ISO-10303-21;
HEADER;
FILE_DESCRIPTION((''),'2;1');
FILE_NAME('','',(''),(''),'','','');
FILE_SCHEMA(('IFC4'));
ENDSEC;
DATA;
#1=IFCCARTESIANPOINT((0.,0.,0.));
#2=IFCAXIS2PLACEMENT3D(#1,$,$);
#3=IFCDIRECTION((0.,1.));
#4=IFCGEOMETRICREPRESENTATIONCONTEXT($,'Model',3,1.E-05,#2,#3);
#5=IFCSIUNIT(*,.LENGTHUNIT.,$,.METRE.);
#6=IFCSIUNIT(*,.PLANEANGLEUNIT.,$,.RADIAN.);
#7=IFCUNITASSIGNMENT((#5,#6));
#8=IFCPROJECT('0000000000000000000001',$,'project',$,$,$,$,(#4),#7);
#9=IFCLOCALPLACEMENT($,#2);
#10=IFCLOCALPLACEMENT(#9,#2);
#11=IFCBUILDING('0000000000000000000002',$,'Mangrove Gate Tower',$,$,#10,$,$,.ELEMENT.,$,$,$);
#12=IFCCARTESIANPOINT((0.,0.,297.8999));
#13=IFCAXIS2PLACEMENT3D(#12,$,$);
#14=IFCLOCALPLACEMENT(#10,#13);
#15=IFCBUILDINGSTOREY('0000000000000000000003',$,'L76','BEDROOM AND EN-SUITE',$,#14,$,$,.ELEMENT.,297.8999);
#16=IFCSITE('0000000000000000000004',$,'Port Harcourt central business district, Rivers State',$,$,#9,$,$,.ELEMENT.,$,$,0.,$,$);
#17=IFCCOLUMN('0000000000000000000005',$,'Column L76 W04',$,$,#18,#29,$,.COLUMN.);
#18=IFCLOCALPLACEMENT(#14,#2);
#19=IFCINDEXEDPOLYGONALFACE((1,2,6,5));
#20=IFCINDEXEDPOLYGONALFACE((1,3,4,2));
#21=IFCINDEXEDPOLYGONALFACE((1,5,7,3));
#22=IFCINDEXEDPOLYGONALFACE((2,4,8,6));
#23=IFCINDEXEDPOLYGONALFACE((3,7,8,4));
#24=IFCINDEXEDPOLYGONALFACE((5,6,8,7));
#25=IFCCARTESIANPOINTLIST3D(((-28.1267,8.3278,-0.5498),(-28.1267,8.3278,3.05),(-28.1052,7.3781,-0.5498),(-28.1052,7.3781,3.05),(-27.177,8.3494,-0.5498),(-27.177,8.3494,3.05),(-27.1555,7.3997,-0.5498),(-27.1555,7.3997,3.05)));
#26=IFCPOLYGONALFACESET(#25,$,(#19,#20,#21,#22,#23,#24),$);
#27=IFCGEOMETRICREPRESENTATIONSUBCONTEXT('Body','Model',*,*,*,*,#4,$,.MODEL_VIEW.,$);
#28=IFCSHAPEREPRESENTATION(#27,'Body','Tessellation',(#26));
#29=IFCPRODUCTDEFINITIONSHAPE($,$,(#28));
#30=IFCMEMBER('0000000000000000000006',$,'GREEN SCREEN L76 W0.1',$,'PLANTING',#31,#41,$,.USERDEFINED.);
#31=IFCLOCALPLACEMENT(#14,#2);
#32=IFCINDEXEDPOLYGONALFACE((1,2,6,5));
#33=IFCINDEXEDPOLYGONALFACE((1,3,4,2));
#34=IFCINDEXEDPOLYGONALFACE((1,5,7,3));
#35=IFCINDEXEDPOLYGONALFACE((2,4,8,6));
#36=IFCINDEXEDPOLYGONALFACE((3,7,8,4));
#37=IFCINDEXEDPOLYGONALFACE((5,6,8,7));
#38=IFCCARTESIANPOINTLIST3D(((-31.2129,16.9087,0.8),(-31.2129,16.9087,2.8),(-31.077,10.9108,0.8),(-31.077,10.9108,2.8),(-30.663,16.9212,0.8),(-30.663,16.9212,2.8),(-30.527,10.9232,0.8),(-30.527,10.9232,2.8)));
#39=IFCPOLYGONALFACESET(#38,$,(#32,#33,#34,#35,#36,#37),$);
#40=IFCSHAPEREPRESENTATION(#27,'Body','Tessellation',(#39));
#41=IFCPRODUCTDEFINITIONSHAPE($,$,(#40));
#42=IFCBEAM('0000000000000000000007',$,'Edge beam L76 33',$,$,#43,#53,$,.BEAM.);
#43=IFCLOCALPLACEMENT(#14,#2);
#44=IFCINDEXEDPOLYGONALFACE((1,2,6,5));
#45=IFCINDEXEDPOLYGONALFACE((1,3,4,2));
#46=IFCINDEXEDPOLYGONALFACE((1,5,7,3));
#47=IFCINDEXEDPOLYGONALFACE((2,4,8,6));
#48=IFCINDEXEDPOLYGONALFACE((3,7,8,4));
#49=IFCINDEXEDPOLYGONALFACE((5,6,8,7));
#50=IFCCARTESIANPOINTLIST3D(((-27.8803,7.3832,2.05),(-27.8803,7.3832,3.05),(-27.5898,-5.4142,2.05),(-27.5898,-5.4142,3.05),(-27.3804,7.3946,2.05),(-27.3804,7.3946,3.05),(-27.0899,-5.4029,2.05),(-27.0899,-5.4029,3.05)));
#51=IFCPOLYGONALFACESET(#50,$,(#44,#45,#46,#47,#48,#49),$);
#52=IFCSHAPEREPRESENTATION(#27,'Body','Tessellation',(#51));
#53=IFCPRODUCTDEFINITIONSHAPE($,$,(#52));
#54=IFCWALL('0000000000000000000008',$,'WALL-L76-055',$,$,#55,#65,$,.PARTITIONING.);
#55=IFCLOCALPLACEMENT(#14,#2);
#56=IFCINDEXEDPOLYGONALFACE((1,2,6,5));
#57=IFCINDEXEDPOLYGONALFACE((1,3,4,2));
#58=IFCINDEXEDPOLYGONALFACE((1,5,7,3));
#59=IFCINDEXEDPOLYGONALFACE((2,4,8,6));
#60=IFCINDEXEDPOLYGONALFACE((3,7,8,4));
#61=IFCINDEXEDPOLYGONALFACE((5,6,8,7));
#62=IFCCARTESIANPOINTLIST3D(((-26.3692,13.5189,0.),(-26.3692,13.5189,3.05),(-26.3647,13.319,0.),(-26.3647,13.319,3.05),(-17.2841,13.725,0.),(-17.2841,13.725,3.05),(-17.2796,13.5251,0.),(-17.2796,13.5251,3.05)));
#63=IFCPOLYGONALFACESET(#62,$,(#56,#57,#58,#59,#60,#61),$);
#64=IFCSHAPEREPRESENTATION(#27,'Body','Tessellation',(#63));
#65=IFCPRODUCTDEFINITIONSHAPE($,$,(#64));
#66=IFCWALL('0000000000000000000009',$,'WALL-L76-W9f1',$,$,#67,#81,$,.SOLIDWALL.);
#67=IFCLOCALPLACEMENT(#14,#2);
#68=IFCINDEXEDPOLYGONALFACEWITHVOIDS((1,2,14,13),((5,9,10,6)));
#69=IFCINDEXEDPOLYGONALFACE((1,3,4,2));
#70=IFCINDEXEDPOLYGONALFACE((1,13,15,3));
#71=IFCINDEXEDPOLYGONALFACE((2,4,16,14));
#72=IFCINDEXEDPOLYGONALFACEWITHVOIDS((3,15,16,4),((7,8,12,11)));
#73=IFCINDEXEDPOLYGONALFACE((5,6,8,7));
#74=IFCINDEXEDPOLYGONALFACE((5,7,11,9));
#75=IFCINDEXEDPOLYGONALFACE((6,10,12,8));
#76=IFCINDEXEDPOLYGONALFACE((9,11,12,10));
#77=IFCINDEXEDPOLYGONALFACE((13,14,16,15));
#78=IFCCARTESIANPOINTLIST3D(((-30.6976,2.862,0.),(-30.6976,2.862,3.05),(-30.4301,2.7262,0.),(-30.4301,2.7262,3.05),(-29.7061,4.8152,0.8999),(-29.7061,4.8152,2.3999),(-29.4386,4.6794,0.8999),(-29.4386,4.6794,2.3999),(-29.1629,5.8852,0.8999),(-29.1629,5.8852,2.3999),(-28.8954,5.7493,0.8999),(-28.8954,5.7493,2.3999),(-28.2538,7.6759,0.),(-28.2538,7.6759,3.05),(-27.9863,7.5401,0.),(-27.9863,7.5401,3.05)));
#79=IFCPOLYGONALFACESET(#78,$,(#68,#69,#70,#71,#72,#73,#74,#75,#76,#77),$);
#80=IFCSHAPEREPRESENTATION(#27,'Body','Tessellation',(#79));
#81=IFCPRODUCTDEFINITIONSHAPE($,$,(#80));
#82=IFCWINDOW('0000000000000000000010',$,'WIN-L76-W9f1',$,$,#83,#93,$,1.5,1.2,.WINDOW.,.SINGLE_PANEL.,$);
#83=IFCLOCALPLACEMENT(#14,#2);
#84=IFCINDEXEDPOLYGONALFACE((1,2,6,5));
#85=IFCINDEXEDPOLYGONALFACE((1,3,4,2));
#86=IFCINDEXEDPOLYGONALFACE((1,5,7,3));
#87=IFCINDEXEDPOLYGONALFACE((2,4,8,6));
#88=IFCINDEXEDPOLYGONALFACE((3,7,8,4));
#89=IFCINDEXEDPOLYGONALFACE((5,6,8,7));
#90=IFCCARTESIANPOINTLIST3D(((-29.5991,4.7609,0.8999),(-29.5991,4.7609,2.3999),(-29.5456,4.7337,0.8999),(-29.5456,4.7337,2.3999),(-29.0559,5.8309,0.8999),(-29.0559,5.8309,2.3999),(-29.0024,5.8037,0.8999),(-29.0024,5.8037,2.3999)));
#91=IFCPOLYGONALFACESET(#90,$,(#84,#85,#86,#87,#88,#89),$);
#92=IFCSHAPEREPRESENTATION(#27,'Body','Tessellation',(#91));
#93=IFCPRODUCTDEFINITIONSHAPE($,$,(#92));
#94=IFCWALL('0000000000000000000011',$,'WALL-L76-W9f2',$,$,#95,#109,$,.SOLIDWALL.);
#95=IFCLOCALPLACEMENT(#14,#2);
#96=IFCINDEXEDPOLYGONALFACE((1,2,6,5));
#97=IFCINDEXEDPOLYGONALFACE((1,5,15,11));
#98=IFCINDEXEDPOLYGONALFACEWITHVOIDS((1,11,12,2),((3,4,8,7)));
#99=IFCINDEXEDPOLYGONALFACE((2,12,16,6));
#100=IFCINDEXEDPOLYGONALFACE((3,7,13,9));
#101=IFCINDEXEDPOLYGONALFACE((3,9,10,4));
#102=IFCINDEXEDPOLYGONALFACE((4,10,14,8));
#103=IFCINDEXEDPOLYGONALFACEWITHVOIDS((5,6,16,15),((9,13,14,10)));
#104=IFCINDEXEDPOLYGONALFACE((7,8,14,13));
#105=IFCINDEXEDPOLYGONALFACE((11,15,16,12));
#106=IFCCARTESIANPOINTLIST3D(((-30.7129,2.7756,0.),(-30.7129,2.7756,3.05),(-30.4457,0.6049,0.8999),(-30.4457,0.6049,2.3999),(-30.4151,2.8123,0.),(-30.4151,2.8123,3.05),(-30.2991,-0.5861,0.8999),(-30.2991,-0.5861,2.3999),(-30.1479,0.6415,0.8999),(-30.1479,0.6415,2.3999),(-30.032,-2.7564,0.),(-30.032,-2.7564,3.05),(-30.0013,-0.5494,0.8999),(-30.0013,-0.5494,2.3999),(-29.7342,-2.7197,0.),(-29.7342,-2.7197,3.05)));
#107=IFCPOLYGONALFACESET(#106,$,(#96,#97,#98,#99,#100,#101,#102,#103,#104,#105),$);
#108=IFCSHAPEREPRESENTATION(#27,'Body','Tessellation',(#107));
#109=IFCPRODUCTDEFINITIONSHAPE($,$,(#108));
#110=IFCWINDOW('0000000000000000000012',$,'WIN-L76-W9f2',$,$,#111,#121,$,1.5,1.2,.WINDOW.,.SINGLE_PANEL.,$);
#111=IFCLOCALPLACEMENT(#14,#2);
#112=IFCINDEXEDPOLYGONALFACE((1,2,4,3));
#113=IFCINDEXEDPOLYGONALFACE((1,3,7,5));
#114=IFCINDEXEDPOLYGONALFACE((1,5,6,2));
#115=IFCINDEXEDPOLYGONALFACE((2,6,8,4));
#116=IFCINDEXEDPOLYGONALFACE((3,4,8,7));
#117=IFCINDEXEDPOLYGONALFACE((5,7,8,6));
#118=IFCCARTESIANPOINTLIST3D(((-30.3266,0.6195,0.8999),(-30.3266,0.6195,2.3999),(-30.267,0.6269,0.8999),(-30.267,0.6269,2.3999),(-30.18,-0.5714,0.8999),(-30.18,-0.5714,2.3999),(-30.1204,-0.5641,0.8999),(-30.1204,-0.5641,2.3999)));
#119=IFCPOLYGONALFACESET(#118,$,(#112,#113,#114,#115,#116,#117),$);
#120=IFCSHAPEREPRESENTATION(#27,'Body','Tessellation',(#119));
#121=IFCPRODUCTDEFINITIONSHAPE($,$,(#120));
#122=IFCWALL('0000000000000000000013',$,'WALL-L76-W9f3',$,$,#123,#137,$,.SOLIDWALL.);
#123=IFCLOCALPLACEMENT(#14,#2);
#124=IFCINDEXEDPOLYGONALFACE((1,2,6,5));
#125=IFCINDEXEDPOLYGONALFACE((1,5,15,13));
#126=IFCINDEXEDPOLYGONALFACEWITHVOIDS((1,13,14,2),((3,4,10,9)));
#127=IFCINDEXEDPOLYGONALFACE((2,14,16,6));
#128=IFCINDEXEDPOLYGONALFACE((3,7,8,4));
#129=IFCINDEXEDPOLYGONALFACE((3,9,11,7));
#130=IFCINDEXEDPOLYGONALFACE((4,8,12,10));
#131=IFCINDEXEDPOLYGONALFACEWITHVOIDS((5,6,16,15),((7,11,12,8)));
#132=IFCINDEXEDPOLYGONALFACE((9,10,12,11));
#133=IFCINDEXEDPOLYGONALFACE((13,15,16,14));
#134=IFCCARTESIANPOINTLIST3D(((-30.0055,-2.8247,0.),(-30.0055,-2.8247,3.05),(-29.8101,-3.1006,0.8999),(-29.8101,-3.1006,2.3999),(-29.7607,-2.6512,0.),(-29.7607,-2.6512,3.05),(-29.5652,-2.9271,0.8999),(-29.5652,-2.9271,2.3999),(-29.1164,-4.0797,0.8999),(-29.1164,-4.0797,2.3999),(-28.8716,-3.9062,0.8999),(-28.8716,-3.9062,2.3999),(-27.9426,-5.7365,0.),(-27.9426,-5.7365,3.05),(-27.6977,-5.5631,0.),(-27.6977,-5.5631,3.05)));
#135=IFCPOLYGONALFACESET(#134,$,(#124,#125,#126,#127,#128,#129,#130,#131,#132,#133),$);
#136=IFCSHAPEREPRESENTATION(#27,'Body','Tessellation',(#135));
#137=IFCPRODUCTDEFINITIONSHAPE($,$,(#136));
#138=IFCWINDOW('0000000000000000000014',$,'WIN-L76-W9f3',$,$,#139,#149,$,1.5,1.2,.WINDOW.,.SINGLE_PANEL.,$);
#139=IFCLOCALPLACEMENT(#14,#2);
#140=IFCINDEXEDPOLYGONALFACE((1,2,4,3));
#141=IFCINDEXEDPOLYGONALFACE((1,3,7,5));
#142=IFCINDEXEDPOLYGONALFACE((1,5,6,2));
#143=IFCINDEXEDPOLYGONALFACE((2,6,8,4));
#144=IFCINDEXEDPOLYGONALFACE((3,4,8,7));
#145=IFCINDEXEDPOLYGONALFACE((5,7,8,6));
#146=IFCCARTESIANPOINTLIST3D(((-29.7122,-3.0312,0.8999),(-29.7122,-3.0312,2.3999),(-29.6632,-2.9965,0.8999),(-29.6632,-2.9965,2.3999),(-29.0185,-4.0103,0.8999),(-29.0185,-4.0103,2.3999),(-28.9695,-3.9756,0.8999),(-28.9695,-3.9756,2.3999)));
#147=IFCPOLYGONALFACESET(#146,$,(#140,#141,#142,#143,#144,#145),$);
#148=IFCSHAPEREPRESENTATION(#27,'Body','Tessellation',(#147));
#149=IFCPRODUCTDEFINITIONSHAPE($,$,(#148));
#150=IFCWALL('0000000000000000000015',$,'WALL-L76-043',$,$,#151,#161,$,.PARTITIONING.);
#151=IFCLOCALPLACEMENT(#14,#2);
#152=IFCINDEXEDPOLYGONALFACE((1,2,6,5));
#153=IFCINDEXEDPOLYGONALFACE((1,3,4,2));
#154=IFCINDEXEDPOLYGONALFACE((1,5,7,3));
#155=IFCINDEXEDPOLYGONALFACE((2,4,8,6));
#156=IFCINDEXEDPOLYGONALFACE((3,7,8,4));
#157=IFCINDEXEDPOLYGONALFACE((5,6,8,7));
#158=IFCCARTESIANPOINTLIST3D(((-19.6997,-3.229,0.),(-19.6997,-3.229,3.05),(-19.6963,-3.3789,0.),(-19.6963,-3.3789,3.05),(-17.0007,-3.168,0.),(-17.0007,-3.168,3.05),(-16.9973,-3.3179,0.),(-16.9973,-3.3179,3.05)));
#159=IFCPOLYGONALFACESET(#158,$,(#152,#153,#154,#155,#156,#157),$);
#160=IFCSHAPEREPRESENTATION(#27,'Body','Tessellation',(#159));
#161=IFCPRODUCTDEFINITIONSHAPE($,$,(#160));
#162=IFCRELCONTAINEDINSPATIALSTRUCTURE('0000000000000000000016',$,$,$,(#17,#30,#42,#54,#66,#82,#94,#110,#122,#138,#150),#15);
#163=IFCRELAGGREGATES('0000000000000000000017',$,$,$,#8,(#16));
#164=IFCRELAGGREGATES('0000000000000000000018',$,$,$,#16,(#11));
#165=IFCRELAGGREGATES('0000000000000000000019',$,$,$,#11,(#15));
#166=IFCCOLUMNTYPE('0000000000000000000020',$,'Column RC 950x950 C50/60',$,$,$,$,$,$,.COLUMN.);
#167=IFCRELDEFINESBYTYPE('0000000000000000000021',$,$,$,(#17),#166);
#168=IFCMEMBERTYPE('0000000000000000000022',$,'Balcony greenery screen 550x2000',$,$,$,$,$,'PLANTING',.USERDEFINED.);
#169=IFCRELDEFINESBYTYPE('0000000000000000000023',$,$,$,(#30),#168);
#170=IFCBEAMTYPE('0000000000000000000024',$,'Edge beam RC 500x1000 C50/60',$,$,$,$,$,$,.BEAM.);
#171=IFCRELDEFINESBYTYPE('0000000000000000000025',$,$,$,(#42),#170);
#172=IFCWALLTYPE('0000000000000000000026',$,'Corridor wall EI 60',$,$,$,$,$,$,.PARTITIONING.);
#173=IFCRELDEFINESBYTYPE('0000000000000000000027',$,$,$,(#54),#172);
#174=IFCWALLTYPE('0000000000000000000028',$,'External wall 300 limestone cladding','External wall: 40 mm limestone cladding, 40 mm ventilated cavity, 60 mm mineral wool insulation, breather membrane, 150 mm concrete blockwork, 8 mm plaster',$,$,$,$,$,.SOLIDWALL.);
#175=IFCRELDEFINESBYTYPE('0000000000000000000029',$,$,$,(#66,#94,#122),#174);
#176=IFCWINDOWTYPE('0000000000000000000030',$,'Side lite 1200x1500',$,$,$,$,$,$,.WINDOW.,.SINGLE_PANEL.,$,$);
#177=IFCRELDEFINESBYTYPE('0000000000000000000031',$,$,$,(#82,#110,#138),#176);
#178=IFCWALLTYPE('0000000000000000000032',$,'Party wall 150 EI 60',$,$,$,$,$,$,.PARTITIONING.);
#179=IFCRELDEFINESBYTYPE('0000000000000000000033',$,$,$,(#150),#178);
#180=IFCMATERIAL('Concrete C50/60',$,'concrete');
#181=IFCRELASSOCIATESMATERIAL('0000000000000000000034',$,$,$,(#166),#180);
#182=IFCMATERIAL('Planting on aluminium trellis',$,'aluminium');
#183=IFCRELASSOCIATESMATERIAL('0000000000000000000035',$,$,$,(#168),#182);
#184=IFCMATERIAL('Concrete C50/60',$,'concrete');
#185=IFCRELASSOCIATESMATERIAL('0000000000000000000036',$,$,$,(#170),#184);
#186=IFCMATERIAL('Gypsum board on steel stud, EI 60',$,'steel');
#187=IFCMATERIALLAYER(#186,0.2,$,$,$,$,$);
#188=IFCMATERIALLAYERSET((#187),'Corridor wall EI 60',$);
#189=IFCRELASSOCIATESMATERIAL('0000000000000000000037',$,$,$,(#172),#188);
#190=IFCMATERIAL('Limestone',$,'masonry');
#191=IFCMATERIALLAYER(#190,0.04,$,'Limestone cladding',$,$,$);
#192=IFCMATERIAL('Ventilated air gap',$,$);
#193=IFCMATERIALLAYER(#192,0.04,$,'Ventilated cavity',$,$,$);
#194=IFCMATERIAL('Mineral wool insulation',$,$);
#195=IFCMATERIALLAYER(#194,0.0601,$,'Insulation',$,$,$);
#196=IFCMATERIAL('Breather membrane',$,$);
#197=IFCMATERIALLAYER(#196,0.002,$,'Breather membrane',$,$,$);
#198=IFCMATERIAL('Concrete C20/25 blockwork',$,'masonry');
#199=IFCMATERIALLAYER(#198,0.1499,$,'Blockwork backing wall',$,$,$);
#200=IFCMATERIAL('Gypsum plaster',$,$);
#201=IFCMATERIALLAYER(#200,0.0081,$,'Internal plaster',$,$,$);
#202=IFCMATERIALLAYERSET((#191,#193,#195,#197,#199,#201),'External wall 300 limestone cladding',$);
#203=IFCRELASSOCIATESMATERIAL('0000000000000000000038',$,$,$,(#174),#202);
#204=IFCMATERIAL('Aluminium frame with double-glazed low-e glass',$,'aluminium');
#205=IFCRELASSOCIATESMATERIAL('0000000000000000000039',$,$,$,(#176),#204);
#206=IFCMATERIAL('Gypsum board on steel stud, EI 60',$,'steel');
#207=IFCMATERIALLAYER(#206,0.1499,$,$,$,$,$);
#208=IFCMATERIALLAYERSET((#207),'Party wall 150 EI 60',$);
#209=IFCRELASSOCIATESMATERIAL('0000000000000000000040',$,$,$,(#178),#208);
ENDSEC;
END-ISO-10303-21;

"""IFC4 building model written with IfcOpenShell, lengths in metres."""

from ifc_helpers import new_model, si_unit, direction, frame, frame_2d, origin, origin_2d, place, context, subcontext, project, spatial, rectangle, extrude, material, layer, layer_set, material_profile, profile_set, type_object, element, fill, save


model = new_model("IFC4")

# Units and contexts
model_context = context("Model", 3, precision=1e-05, world=origin(), true_north=direction((0.0, 1.0)))
body_context = subcontext(model_context, "Body", "Model", "MODEL_VIEW")
ifc_project = project(units=[si_unit("LENGTHUNIT", "METRE"), si_unit("PLANEANGLEUNIT", "RADIAN")], contexts=[model_context])

# Site, building, storey
site_placement = place(None, origin())
site = spatial("IfcSite", under=ifc_project, at=site_placement, Name="Port Harcourt central business district, Rivers State", CompositionType="ELEMENT", RefElevation=0.0)
building_placement = place(site_placement, origin())
building = spatial("IfcBuilding", under=site, at=building_placement, Name="Mangrove Gate Tower", CompositionType="ELEMENT")
storey_placement = place(building_placement, frame((0.0, 0.0, 297.8999)))
storey = spatial("IfcBuildingStorey", under=building, at=storey_placement, Name="L76", Description="BEDROOM AND EN-SUITE", CompositionType="ELEMENT", Elevation=297.8999)

# Column
ifc_material_1 = material(Name="Concrete C50/60", Category="concrete")
ifc_material_profile_1 = material_profile(ifc_material_1, rectangle(XDim=0.95, YDim=0.95, at=origin_2d()))
ifc_profile_set_1 = profile_set([ifc_material_profile_1], Name="Concrete C50/60")
column_type = type_object("IfcColumnType", Name="Column RC 950x950 C50/60", PredefinedType="COLUMN", material=ifc_profile_set_1)
column_placement = place(storey_placement, frame((-27.6411, 7.8638, -0.5498), z_axis=(0.0, 0.0, 1.0), x_axis=(0.022688, -0.999743, 0.0)))
element("IfcColumn", 1, at=column_placement, inside=storey, type_object=column_type, Name="Column L76 W04", PredefinedType="COLUMN", context=body_context, shape_type="SweptSolid", body=[
    extrude(rectangle(XDim=0.95, YDim=0.95, at=origin_2d()), origin(), (0.0, 0.0, 1.0), 3.5999),
])

# Member
ifc_material_2 = material(Name="Planting on aluminium trellis", Category="aluminium")
ifc_material_profile_2 = material_profile(ifc_material_2, rectangle(XDim=0.55, YDim=2.0, at=origin_2d()))
ifc_profile_set_2 = profile_set([ifc_material_profile_2], Name="Planting on aluminium trellis")
member_type = type_object("IfcMemberType", Name="Balcony greenery screen 550x2000", ElementType="PLANTING", PredefinedType="USERDEFINED", material=ifc_profile_set_2)
member_placement = place(storey_placement, frame((-30.802, 10.917, 1.8), z_axis=(-0.022666, 0.999743, 0.0), x_axis=(-0.999743, -0.022666, 0.0)))
element("IfcMember", 2, at=member_placement, inside=storey, type_object=member_type, Name="GREEN SCREEN L76 W0.1", ObjectType="PLANTING", PredefinedType="USERDEFINED", context=body_context, shape_type="SweptSolid", body=[
    extrude(rectangle(XDim=0.55, YDim=2.0, at=origin_2d()), origin(), (0.0, 0.0, 1.0), 5.9995),
])

# Beam
ifc_material_3 = material(Name="Concrete C50/60", Category="concrete")
ifc_material_profile_3 = material_profile(ifc_material_3, rectangle(XDim=0.5, YDim=1.0, at=origin_2d()))
ifc_profile_set_3 = profile_set([ifc_material_profile_3], Name="Concrete C50/60")
beam_type = type_object("IfcBeamType", Name="Edge beam RC 500x1000 C50/60", PredefinedType="BEAM", material=ifc_profile_set_3)
beam_placement = place(storey_placement, frame((-27.6304, 7.3889, 2.55), z_axis=(0.022696, -0.999742, 0.0), x_axis=(0.999742, 0.022696, 0.0)))
element("IfcBeam", 3, at=beam_placement, inside=storey, type_object=beam_type, Name="Edge beam L76 33", PredefinedType="BEAM", context=body_context, shape_type="SweptSolid", body=[
    extrude(rectangle(XDim=0.5, YDim=1.0, at=origin_2d()), origin(), (0.0, 0.0, 1.0), 12.8008),
])

# Wall
ifc_material_4 = material(Name="Gypsum board on steel stud, EI 60", Category="steel")
ifc_layer_1 = layer(ifc_material_4, 0.2)
ifc_layer_set_1 = layer_set([ifc_layer_1], Name="Corridor wall EI 60")
wall_type_1 = type_object("IfcWallType", Name="Corridor wall EI 60", PredefinedType="PARTITIONING", material=ifc_layer_set_1)
wall_1_placement = place(storey_placement, frame((-26.3669, 13.4189, 0.0), z_axis=(0.0, 0.0, 1.0), x_axis=(0.999743, 0.022675, 0.0)))
element("IfcWall", 4, at=wall_1_placement, inside=storey, type_object=wall_type_1, Name="WALL-L76-055", PredefinedType="PARTITIONING", context=body_context, shape_type="SweptSolid", body=[
    extrude(rectangle(XDim=9.0874, YDim=0.2, at=frame_2d((4.5437, 0.0))), origin(), (0.0, 0.0, 1.0), 3.05),
])

# Walls, openings, windows
ifc_material_5 = material(Name="Limestone", Category="masonry")
ifc_layer_2 = layer(ifc_material_5, 0.04, Name="Limestone cladding")
ifc_material_6 = material(Name="Ventilated air gap")
ifc_layer_3 = layer(ifc_material_6, 0.04, Name="Ventilated cavity")
ifc_material_7 = material(Name="Mineral wool insulation")
ifc_layer_4 = layer(ifc_material_7, 0.0601, Name="Insulation")
ifc_material_8 = material(Name="Breather membrane")
ifc_layer_5 = layer(ifc_material_8, 0.002, Name="Breather membrane")
ifc_material_9 = material(Name="Concrete C20/25 blockwork", Category="masonry")
ifc_layer_6 = layer(ifc_material_9, 0.1499, Name="Blockwork backing wall")
ifc_material_10 = material(Name="Gypsum plaster")
ifc_layer_7 = layer(ifc_material_10, 0.0081, Name="Internal plaster")
ifc_layer_set_2 = layer_set([ifc_layer_2, ifc_layer_3, ifc_layer_4, ifc_layer_5, ifc_layer_6, ifc_layer_7], Name="External wall 300 limestone cladding")
wall_type_2 = type_object("IfcWallType", Name="External wall 300 limestone cladding", Description="External wall: 40 mm limestone cladding, 40 mm ventilated cavity, 60 mm mineral wool insulation, breather membrane, 150 mm concrete blockwork, 8 mm plaster", PredefinedType="SOLIDWALL", material=ifc_layer_set_2)
wall_2_placement = place(storey_placement, frame((-28.1201, 7.6079, 0.0), z_axis=(0.0, 0.0, 1.0), x_axis=(-0.452668, -0.891679, 0.0)))
wall_2 = element("IfcWall", 5, at=wall_2_placement, inside=storey, type_object=wall_type_2, Name="WALL-L76-W9f1", PredefinedType="SOLIDWALL", context=body_context, shape_type="SweptSolid", body=[
    extrude(rectangle(XDim=5.3987, YDim=0.3, at=frame_2d((2.6992, 0.0))), origin(), (0.0, 0.0, 1.0), 3.05),
])
opening_1_placement = place(wall_2_placement, frame((2.0081, 0.0, 0.8999)))
opening_1 = element("IfcOpeningElement", 6, at=opening_1_placement, cuts=wall_2, PredefinedType="OPENING", context=body_context, shape_type="SweptSolid", body=[
    extrude(rectangle(XDim=1.2, YDim=1.5, at=frame_2d((0.6001, 0.75))), frame((0.0, 0.1599, 0.0), z_axis=(0.0, -1.0, 0.0), x_axis=(1.0, 0.0, 0.0)), (0.0, 0.0, 1.0), 0.3201),
])
ifc_material_11 = material(Name="Aluminium frame with double-glazed low-e glass", Category="aluminium")
window_type = type_object("IfcWindowType", Name="Side lite 1200x1500", PartitioningType="SINGLE_PANEL", PredefinedType="WINDOW", material=ifc_material_11)
window_1_placement = place(opening_1_placement, origin())
window_1 = element("IfcWindow", 7, at=window_1_placement, inside=storey, type_object=window_type, Name="WIN-L76-W9f1", OverallHeight=1.5, OverallWidth=1.2, PartitioningType="SINGLE_PANEL", PredefinedType="WINDOW", context=body_context, shape_type="SweptSolid", body=[
    extrude(rectangle(XDim=1.2, YDim=1.5, at=frame_2d((0.6001, 0.75))), frame((0.0, 0.03, 0.0), z_axis=(0.0, -1.0, 0.0), x_axis=(1.0, 0.0, 0.0)), (0.0, 0.0, 1.0), 0.0601),
])
fill(opening_1, window_1)
wall_3_placement = place(storey_placement, frame((-30.564, 2.7939, 0.0), z_axis=(0.0, 0.0, 1.0), x_axis=(0.122164, -0.99251, 0.0)))
wall_3 = element("IfcWall", 8, at=wall_3_placement, inside=storey, type_object=wall_type_2, Name="WALL-L76-W9f2", PredefinedType="SOLIDWALL", context=body_context, shape_type="SweptSolid", body=[
    extrude(rectangle(XDim=5.5737, YDim=0.3, at=frame_2d((2.7869, 0.0))), origin(), (0.0, 0.0, 1.0), 3.05),
])
opening_2_placement = place(wall_3_placement, frame((2.187, 0.0, 0.8999)))
opening_2 = element("IfcOpeningElement", 9, at=opening_2_placement, cuts=wall_3, PredefinedType="OPENING", context=body_context, shape_type="SweptSolid", body=[
    extrude(rectangle(XDim=1.2, YDim=1.5, at=frame_2d((0.6001, 0.75))), frame((0.0, 0.1599, 0.0), z_axis=(0.0, -1.0, 0.0), x_axis=(1.0, 0.0, 0.0)), (0.0, 0.0, 1.0), 0.3201),
])
window_2_placement = place(opening_2_placement, origin())
window_2 = element("IfcWindow", 10, at=window_2_placement, inside=storey, type_object=window_type, Name="WIN-L76-W9f2", OverallHeight=1.5, OverallWidth=1.2, PartitioningType="SINGLE_PANEL", PredefinedType="WINDOW", context=body_context, shape_type="SweptSolid", body=[
    extrude(rectangle(XDim=1.2, YDim=1.5, at=frame_2d((0.6001, 0.75))), frame((0.0, 0.03, 0.0), z_axis=(0.0, -1.0, 0.0), x_axis=(1.0, 0.0, 0.0)), (0.0, 0.0, 1.0), 0.0601),
])
fill(opening_2, window_2)
wall_4_placement = place(storey_placement, frame((-29.8831, -2.738, 0.0), z_axis=(0.0, 0.0, 1.0), x_axis=(0.578095, -0.815969, 0.0)))
wall_4 = element("IfcWall", 11, at=wall_4_placement, inside=storey, type_object=wall_type_2, Name="WALL-L76-W9f3", PredefinedType="SOLIDWALL", context=body_context, shape_type="SweptSolid", body=[
    extrude(rectangle(XDim=3.5686, YDim=0.3, at=frame_2d((1.7842, 0.0))), origin(), (0.0, 0.0, 1.0), 3.05),
])
opening_3_placement = place(wall_4_placement, frame((0.3379, 0.0, 0.8999)))
opening_3 = element("IfcOpeningElement", 12, at=opening_3_placement, cuts=wall_4, PredefinedType="OPENING", context=body_context, shape_type="SweptSolid", body=[
    extrude(rectangle(XDim=1.2, YDim=1.5, at=frame_2d((0.6001, 0.75))), frame((0.0, 0.1599, 0.0), z_axis=(0.0, -1.0, 0.0), x_axis=(1.0, 0.0, 0.0)), (0.0, 0.0, 1.0), 0.3201),
])
window_3_placement = place(opening_3_placement, origin())
window_3 = element("IfcWindow", 13, at=window_3_placement, inside=storey, type_object=window_type, Name="WIN-L76-W9f3", OverallHeight=1.5, OverallWidth=1.2, PartitioningType="SINGLE_PANEL", PredefinedType="WINDOW", context=body_context, shape_type="SweptSolid", body=[
    extrude(rectangle(XDim=1.2, YDim=1.5, at=frame_2d((0.6001, 0.75))), frame((0.0, 0.03, 0.0), z_axis=(0.0, -1.0, 0.0), x_axis=(1.0, 0.0, 0.0)), (0.0, 0.0, 1.0), 0.0601),
])
fill(opening_3, window_3)

# Wall
ifc_material_12 = material(Name="Gypsum board on steel stud, EI 60", Category="steel")
ifc_layer_8 = layer(ifc_material_12, 0.1499)
ifc_layer_set_3 = layer_set([ifc_layer_8], Name="Party wall 150 EI 60")
wall_type_3 = type_object("IfcWallType", Name="Party wall 150 EI 60", PredefinedType="PARTITIONING", material=ifc_layer_set_3)
wall_5_placement = place(storey_placement, frame((-19.698, -3.304, 0.0), z_axis=(0.0, 0.0, 1.0), x_axis=(0.999744, 0.022608, 0.0)))
element("IfcWall", 14, at=wall_5_placement, inside=storey, type_object=wall_type_3, Name="WALL-L76-043", PredefinedType="PARTITIONING", context=body_context, shape_type="SweptSolid", body=[
    extrude(rectangle(XDim=2.6997, YDim=0.1499, at=frame_2d((1.3499, 0.0))), origin(), (0.0, 0.0, 1.0), 3.05),
])

save(model, "model.ifc")
